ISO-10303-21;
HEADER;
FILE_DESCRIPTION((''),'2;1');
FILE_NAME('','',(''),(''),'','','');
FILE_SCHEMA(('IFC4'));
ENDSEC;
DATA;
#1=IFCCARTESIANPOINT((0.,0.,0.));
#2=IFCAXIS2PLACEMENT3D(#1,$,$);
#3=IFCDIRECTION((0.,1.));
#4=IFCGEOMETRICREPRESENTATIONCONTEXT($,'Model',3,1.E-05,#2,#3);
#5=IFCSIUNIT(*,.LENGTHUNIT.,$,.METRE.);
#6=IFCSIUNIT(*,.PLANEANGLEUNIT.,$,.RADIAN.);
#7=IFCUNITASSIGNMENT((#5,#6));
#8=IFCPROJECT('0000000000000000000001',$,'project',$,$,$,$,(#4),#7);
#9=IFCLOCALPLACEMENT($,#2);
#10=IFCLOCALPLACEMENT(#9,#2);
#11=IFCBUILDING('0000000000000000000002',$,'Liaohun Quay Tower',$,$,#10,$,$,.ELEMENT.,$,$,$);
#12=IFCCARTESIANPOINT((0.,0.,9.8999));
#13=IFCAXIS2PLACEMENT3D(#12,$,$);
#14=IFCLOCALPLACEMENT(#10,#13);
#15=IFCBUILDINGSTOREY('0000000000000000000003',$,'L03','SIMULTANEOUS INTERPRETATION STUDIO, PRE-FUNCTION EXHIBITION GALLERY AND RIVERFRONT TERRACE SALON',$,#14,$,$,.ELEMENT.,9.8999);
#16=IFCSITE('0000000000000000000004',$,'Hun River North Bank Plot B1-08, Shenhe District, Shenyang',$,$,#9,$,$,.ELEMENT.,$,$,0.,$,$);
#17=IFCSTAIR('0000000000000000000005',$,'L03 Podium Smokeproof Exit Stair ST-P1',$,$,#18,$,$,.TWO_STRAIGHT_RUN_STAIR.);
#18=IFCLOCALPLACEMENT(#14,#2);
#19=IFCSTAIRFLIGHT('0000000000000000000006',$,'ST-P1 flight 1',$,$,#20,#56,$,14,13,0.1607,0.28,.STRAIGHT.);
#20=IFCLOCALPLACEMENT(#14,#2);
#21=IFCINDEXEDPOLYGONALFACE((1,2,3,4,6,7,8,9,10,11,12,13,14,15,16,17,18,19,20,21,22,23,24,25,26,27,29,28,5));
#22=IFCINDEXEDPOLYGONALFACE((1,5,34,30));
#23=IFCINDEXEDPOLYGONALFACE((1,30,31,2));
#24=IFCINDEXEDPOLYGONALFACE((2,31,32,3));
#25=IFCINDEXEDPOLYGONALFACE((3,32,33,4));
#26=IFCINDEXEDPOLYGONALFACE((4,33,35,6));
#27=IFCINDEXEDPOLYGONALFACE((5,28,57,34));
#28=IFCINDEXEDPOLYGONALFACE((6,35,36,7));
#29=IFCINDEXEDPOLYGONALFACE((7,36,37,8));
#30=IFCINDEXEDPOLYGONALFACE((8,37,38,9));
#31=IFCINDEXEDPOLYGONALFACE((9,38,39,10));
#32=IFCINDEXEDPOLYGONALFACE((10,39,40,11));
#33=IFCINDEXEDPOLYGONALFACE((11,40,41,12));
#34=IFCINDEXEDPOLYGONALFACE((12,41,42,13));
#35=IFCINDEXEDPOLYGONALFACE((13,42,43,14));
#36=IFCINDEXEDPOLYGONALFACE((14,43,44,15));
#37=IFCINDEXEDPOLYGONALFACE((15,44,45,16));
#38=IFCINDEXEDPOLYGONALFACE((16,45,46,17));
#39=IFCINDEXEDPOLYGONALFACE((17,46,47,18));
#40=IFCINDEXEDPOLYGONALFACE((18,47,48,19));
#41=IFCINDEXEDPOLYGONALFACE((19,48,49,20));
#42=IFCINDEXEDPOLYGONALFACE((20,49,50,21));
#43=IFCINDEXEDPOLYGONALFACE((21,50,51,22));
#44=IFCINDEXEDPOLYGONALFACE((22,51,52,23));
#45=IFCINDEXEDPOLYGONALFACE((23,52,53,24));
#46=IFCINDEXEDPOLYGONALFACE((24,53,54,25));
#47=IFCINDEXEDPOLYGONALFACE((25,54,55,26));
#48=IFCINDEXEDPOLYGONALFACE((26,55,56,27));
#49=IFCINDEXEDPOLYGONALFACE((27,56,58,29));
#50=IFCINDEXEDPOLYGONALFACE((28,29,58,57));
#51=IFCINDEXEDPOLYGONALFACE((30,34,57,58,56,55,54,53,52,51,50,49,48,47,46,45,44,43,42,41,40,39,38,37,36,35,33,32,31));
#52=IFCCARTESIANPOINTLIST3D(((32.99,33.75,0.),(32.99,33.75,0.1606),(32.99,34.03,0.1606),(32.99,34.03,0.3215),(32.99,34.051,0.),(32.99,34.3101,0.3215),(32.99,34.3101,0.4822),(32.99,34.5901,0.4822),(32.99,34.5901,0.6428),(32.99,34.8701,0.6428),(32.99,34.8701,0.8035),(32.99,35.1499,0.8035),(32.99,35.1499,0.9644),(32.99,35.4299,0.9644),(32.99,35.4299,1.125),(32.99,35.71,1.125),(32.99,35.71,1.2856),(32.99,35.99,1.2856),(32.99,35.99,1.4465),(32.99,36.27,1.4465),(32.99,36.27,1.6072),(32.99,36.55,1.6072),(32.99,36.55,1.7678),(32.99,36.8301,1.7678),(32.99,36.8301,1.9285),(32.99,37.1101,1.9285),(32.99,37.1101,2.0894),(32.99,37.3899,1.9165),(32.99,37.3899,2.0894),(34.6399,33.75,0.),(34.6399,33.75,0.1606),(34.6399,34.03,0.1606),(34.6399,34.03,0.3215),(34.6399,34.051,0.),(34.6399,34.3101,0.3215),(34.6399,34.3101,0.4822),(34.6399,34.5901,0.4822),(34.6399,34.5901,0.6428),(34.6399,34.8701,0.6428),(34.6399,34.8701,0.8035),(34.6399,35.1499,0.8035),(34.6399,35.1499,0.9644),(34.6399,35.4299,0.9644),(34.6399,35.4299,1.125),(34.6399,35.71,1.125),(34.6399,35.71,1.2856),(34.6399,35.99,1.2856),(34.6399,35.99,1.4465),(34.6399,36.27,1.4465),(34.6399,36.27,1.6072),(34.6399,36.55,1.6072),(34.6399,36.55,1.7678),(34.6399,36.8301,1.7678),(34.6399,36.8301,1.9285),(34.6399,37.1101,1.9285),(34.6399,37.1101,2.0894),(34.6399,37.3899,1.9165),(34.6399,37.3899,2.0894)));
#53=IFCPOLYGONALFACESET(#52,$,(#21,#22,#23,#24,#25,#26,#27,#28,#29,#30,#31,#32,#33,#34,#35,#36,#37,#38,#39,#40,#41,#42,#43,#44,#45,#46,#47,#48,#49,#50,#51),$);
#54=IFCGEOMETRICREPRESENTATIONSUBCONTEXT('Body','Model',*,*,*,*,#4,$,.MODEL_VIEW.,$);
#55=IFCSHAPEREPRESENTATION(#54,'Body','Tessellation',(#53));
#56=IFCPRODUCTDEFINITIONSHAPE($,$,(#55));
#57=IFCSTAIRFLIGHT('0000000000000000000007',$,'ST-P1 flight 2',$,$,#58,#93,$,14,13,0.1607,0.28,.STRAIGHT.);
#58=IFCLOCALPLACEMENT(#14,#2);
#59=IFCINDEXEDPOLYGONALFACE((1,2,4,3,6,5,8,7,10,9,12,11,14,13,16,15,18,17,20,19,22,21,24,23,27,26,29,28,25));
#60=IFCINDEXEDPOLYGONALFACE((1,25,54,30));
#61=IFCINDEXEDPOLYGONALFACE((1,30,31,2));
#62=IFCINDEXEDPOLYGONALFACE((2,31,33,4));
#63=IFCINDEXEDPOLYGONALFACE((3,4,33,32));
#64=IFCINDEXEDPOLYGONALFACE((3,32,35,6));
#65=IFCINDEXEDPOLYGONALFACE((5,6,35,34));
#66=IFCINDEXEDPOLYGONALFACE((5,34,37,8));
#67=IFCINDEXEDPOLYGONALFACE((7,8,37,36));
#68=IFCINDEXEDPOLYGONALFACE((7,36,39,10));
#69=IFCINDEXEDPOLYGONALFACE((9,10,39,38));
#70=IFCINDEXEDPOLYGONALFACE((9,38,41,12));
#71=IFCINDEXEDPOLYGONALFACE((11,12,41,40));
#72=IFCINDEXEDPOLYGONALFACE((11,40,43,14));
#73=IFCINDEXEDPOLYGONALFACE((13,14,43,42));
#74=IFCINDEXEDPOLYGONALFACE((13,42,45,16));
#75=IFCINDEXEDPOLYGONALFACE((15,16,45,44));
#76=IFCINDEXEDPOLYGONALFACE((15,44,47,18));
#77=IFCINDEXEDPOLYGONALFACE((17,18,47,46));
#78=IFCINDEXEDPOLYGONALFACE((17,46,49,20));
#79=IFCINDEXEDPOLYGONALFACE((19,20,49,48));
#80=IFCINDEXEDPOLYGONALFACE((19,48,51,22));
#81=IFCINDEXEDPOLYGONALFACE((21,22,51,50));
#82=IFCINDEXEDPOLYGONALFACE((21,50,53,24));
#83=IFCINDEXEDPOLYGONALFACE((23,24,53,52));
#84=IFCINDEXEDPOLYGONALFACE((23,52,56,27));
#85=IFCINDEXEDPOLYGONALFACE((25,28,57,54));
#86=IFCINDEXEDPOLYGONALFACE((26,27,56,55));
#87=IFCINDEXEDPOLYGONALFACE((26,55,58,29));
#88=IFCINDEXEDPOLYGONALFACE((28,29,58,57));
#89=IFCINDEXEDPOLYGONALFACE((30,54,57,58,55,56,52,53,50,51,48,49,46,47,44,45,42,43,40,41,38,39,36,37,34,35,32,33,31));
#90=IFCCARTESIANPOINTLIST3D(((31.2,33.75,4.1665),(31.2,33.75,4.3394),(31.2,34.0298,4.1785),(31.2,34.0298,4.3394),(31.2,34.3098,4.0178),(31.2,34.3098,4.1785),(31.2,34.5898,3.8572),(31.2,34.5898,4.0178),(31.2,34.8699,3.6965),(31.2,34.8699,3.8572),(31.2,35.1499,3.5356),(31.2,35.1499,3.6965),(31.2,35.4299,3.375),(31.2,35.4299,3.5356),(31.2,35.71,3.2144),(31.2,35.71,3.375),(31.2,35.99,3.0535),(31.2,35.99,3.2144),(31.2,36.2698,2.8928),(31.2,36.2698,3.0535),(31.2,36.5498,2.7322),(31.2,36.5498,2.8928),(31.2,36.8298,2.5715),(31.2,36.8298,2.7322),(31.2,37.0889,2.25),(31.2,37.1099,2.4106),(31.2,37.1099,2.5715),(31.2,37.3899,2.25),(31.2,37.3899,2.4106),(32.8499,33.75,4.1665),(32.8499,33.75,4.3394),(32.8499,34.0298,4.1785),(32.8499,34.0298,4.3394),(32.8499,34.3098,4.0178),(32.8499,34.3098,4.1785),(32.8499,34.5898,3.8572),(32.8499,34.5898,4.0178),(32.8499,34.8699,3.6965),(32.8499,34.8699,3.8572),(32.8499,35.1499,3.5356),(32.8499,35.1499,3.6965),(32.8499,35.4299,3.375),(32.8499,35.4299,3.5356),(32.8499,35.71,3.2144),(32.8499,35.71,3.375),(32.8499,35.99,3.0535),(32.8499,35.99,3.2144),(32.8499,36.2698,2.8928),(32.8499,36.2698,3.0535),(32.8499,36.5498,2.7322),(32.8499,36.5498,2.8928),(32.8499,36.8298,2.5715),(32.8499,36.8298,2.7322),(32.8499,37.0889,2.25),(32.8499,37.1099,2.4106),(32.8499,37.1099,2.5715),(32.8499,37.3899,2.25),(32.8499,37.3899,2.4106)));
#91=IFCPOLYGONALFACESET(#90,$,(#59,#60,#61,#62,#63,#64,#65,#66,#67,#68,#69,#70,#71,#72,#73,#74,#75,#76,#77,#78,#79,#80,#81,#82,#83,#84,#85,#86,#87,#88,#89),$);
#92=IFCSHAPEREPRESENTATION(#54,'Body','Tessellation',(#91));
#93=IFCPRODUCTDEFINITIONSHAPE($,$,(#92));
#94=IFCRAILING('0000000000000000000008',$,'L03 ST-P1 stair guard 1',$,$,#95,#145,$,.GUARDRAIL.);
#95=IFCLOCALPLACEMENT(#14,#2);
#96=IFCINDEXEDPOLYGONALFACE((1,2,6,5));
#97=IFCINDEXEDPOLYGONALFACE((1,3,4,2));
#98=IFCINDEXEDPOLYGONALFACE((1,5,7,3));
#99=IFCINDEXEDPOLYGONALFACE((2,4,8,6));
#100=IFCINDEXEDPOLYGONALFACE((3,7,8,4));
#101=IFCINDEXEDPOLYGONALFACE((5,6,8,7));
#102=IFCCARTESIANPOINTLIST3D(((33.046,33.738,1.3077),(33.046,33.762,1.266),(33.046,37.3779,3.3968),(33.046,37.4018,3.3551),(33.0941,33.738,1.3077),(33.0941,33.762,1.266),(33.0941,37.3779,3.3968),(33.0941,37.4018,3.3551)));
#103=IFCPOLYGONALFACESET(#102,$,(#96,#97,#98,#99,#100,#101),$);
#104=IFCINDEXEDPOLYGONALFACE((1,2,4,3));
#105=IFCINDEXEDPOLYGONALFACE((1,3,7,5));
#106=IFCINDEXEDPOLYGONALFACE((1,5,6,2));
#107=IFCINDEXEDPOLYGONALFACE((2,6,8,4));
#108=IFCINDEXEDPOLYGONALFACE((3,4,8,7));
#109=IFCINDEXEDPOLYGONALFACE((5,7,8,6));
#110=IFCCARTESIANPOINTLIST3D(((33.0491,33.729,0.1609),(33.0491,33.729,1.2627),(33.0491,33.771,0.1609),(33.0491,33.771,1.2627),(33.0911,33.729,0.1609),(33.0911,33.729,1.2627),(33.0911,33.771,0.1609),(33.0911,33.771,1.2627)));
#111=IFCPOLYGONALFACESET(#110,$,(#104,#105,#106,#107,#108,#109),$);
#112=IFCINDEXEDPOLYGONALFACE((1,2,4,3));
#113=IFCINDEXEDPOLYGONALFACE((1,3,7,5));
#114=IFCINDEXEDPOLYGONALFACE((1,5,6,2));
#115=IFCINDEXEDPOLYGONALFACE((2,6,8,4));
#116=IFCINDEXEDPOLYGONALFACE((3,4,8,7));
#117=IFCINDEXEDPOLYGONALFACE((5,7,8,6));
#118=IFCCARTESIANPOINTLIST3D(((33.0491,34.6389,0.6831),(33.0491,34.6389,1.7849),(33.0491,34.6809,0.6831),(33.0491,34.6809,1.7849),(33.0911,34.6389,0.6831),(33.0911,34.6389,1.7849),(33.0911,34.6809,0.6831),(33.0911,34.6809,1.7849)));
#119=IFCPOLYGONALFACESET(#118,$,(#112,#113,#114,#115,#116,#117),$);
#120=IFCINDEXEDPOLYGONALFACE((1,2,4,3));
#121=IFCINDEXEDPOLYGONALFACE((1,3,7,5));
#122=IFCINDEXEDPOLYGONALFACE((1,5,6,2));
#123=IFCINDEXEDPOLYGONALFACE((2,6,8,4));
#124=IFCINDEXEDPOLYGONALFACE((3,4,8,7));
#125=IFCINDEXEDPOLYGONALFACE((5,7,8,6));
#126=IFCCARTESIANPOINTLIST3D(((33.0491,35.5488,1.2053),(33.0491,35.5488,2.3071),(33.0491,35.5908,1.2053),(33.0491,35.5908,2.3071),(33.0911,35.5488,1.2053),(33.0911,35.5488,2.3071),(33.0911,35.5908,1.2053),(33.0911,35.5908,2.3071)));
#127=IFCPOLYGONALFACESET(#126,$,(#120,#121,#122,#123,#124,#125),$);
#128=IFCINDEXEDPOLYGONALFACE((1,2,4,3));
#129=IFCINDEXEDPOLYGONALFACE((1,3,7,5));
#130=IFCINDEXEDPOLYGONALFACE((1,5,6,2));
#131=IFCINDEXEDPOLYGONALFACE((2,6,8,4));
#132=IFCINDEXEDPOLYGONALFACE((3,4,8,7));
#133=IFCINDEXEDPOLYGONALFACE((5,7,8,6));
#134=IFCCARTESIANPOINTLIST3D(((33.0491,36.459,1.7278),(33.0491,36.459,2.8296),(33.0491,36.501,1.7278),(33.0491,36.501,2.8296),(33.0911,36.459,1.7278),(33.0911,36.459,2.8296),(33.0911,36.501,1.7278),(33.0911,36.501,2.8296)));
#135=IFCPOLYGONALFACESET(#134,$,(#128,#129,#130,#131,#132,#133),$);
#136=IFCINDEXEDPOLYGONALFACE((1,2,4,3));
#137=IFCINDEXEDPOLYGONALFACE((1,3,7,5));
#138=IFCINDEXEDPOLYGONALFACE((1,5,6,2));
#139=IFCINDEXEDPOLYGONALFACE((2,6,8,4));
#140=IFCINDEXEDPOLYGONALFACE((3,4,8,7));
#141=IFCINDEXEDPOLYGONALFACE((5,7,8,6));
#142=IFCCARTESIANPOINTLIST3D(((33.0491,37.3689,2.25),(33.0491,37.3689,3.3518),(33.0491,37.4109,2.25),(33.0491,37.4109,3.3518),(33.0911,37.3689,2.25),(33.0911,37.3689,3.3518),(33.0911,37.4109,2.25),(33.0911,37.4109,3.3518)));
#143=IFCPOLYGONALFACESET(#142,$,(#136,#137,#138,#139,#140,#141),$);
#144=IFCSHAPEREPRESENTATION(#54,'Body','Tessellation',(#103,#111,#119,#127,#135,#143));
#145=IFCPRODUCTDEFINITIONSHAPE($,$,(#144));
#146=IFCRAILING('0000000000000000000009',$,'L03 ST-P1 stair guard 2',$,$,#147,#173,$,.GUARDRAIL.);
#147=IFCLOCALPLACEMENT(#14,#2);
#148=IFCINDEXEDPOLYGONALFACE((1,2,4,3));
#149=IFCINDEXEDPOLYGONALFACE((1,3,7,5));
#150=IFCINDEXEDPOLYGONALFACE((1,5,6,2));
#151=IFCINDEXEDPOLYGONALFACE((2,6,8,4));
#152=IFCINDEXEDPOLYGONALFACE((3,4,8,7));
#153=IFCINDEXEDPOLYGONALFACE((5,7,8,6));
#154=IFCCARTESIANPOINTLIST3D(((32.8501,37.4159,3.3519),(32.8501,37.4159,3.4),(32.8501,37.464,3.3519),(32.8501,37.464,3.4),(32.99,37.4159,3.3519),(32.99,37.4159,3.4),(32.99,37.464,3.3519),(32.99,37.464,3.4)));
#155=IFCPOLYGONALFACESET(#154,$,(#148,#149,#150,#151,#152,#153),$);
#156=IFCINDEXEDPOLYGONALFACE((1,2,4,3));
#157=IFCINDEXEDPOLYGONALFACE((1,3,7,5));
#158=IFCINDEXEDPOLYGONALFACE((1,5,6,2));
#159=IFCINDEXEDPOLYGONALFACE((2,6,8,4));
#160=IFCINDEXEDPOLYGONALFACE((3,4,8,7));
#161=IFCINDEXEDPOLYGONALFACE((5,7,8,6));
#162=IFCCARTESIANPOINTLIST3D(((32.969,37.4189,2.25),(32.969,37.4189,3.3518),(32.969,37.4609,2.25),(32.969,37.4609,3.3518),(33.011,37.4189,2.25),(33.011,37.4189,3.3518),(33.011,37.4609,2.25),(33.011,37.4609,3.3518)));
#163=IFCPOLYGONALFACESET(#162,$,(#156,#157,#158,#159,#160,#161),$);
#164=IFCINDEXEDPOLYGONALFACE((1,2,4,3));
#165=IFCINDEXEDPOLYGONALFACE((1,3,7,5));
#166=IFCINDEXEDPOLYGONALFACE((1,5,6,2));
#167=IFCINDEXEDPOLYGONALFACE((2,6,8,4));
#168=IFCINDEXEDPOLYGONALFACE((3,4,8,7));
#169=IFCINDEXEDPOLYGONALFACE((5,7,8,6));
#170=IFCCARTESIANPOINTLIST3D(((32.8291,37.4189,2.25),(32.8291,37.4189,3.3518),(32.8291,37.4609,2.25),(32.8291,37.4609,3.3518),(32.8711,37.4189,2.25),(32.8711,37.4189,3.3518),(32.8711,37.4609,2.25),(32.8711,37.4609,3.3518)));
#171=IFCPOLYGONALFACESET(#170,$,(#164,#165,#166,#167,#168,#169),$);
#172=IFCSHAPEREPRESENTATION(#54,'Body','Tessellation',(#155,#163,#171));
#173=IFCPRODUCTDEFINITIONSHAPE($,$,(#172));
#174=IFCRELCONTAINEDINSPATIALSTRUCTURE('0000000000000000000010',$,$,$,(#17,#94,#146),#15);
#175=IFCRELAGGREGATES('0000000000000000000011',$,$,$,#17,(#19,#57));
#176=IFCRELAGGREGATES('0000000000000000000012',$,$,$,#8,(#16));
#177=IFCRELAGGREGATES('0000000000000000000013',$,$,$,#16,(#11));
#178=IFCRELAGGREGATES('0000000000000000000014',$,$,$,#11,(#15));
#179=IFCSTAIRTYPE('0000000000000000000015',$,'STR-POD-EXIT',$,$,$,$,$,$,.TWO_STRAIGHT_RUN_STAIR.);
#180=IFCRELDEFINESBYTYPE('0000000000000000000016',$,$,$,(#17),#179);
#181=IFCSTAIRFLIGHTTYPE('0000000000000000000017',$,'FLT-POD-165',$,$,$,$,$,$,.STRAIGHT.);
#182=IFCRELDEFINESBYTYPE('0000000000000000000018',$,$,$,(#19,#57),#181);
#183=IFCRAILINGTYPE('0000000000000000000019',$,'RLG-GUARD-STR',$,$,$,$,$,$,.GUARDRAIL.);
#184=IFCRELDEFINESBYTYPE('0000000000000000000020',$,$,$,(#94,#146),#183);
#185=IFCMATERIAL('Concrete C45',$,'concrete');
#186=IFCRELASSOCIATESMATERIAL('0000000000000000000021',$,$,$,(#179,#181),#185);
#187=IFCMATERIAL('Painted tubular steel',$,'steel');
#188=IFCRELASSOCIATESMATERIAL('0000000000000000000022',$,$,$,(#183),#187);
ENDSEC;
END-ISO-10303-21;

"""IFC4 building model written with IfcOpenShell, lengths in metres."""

from ifc_helpers import new_model, si_unit, direction, frame, origin, origin_2d, place, context, subcontext, project, spatial, polyline, rectangle, outline, extrude, material, type_object, element, aggregate, save


model = new_model("IFC4")

# Units and contexts
model_context = context("Model", 3, precision=1e-05, world=origin(), true_north=direction((0.0, 1.0)))
body_context = subcontext(model_context, "Body", "Model", "MODEL_VIEW")
ifc_project = project(units=[si_unit("LENGTHUNIT", "METRE"), si_unit("PLANEANGLEUNIT", "RADIAN")], contexts=[model_context])

# Site, building, storey
site_placement = place(None, origin())
site = spatial("IfcSite", under=ifc_project, at=site_placement, Name="Hun River North Bank Plot B1-08, Shenhe District, Shenyang", CompositionType="ELEMENT", RefElevation=0.0)
building_placement = place(site_placement, origin())
building = spatial("IfcBuilding", under=site, at=building_placement, Name="Liaohun Quay Tower", CompositionType="ELEMENT")
storey_placement = place(building_placement, frame((0.0, 0.0, 9.8999)))
storey = spatial("IfcBuildingStorey", under=building, at=storey_placement, Name="L03", Description="SIMULTANEOUS INTERPRETATION STUDIO, PRE-FUNCTION EXHIBITION GALLERY AND RIVERFRONT TERRACE SALON", CompositionType="ELEMENT", Elevation=9.8999)

# Stair, stair flights
ifc_material_1 = material(Name="Concrete C45", Category="concrete")
stair_type = type_object("IfcStairType", Name="STR-POD-EXIT", PredefinedType="TWO_STRAIGHT_RUN_STAIR", material=ifc_material_1)
stair_placement = place(storey_placement, origin())
stair = element("IfcStair", 1, at=stair_placement, inside=storey, type_object=stair_type, Name="L03 Podium Smokeproof Exit Stair ST-P1", PredefinedType="TWO_STRAIGHT_RUN_STAIR")
stair_flight_type = type_object("IfcStairFlightType", Name="FLT-POD-165", PredefinedType="STRAIGHT", material=ifc_material_1)
stair_flight_1_placement = place(storey_placement, frame((33.8149, 33.75, 0.0), z_axis=(0.0, 0.0, 1.0), x_axis=(0.0, 1.0, 0.0)))
stair_flight_1 = element("IfcStairFlight", 2, at=stair_flight_1_placement, type_object=stair_flight_type, Name="ST-P1 flight 1", NumberOfRisers=14, NumberOfTreads=13, PredefinedType="STRAIGHT", RiserHeight=0.1607, TreadLength=0.28, context=body_context, shape_type="SweptSolid", body=[
    extrude(outline(polyline([(0.0, 0.0), (0.0, 0.1606), (0.28, 0.1606), (0.28, 0.3215), (0.5601, 0.3215), (0.5601, 0.4822), (0.8401, 0.4822), (0.8401, 0.6428), (1.1201, 0.6428), (1.1201, 0.8035), (1.3999, 0.8035), (1.3999, 0.9644), (1.6799, 0.9644), (1.6799, 1.125), (1.96, 1.125), (1.96, 1.2856), (2.24, 1.2856), (2.24, 1.4465), (2.52, 1.4465), (2.52, 1.6072), (2.8, 1.6072), (2.8, 1.7678), (3.0801, 1.7678), (3.0801, 1.9285), (3.3601, 1.9285), (3.3601, 2.0894), (3.6399, 2.0894), (3.6399, 2.25), (3.6399, 1.9165), (0.301, 0.0), (0.0, 0.0)])), frame((0.0, 0.825, 0.0), z_axis=(0.0, -1.0, 0.0), x_axis=(1.0, 0.0, 0.0)), (0.0, 0.0, 1.0), 1.6499),
])
stair_flight_2_placement = place(storey_placement, frame((32.0249, 37.3899, 2.25), z_axis=(0.0, 0.0, 1.0), x_axis=(0.0, -1.0, 0.0)))
stair_flight_2 = element("IfcStairFlight", 3, at=stair_flight_2_placement, type_object=stair_flight_type, Name="ST-P1 flight 2", NumberOfRisers=14, NumberOfTreads=13, PredefinedType="STRAIGHT", RiserHeight=0.1607, TreadLength=0.28, context=body_context, shape_type="SweptSolid", body=[
    extrude(outline(polyline([(0.0, 0.0), (0.0, 0.1606), (0.28, 0.1606), (0.28, 0.3215), (0.5601, 0.3215), (0.5601, 0.4822), (0.8401, 0.4822), (0.8401, 0.6428), (1.1201, 0.6428), (1.1201, 0.8035), (1.3999, 0.8035), (1.3999, 0.9644), (1.6799, 0.9644), (1.6799, 1.125), (1.96, 1.125), (1.96, 1.2856), (2.24, 1.2856), (2.24, 1.4465), (2.52, 1.4465), (2.52, 1.6072), (2.8, 1.6072), (2.8, 1.7678), (3.0801, 1.7678), (3.0801, 1.9285), (3.3601, 1.9285), (3.3601, 2.0894), (3.6399, 2.0894), (3.6399, 2.25), (3.6399, 1.9165), (0.301, 0.0), (0.0, 0.0)])), frame((0.0, 0.825, 0.0), z_axis=(0.0, -1.0, 0.0), x_axis=(1.0, 0.0, 0.0)), (0.0, 0.0, 1.0), 1.6499),
])
aggregate(stair, [stair_flight_1, stair_flight_2])

# Railings
ifc_material_2 = material(Name="Painted tubular steel", Category="steel")
railing_type_1 = type_object("IfcRailingType", Name="RLG-GUARD-STR", PredefinedType="GUARDRAIL", material=ifc_material_2)
railing_1_placement = place(storey_placement, frame((33.0701, 33.75, 0.1609)))
element("IfcRailing", 4, at=railing_1_placement, inside=storey, type_object=railing_type_1, Name="L03 ST-P1 stair guard 1", PredefinedType="GUARDRAIL", context=body_context, shape_type="SweptSolid", body=[
    extrude(rectangle(XDim=0.0481, YDim=0.0481, at=origin_2d()), frame((0.0, 0.0, 1.126), z_axis=(0.0, 0.8673, 0.497786), x_axis=(-1.0, 0.0, 0.0)), (0.0, 0.0, 1.0), 4.1968),
    extrude(rectangle(XDim=0.042, YDim=0.042, at=origin_2d()), origin(), (0.0, 0.0, 1.0), 1.1018),
    extrude(rectangle(XDim=0.042, YDim=0.042, at=origin_2d()), frame((0.0, 0.9099, 0.5222)), (0.0, 0.0, 1.0), 1.1018),
    extrude(rectangle(XDim=0.042, YDim=0.042, at=origin_2d()), frame((0.0, 1.8198, 1.0444)), (0.0, 0.0, 1.0), 1.1018),
    extrude(rectangle(XDim=0.042, YDim=0.042, at=origin_2d()), frame((0.0, 2.73, 1.5669)), (0.0, 0.0, 1.0), 1.1018),
    extrude(rectangle(XDim=0.042, YDim=0.042, at=origin_2d()), frame((0.0, 3.6399, 2.0891)), (0.0, 0.0, 1.0), 1.1018),
])
railing_2_placement = place(storey_placement, frame((32.99, 37.4399, 2.25)))
element("IfcRailing", 5, at=railing_2_placement, inside=storey, type_object=railing_type_1, Name="L03 ST-P1 stair guard 2", PredefinedType="GUARDRAIL", context=body_context, shape_type="SweptSolid", body=[
    extrude(rectangle(XDim=0.0481, YDim=0.0481, at=origin_2d()), frame((0.0, 0.0, 1.126), z_axis=(-1.0, 0.0, 0.0), x_axis=(0.0, -1.0, 0.0)), (0.0, 0.0, 1.0), 0.1399),
    extrude(rectangle(XDim=0.042, YDim=0.042, at=origin_2d()), origin(), (0.0, 0.0, 1.0), 1.1018),
    extrude(rectangle(XDim=0.042, YDim=0.042, at=origin_2d()), frame((-0.1399, 0.0, 0.0)), (0.0, 0.0, 1.0), 1.1018),
])

save(model, "model.ifc")
